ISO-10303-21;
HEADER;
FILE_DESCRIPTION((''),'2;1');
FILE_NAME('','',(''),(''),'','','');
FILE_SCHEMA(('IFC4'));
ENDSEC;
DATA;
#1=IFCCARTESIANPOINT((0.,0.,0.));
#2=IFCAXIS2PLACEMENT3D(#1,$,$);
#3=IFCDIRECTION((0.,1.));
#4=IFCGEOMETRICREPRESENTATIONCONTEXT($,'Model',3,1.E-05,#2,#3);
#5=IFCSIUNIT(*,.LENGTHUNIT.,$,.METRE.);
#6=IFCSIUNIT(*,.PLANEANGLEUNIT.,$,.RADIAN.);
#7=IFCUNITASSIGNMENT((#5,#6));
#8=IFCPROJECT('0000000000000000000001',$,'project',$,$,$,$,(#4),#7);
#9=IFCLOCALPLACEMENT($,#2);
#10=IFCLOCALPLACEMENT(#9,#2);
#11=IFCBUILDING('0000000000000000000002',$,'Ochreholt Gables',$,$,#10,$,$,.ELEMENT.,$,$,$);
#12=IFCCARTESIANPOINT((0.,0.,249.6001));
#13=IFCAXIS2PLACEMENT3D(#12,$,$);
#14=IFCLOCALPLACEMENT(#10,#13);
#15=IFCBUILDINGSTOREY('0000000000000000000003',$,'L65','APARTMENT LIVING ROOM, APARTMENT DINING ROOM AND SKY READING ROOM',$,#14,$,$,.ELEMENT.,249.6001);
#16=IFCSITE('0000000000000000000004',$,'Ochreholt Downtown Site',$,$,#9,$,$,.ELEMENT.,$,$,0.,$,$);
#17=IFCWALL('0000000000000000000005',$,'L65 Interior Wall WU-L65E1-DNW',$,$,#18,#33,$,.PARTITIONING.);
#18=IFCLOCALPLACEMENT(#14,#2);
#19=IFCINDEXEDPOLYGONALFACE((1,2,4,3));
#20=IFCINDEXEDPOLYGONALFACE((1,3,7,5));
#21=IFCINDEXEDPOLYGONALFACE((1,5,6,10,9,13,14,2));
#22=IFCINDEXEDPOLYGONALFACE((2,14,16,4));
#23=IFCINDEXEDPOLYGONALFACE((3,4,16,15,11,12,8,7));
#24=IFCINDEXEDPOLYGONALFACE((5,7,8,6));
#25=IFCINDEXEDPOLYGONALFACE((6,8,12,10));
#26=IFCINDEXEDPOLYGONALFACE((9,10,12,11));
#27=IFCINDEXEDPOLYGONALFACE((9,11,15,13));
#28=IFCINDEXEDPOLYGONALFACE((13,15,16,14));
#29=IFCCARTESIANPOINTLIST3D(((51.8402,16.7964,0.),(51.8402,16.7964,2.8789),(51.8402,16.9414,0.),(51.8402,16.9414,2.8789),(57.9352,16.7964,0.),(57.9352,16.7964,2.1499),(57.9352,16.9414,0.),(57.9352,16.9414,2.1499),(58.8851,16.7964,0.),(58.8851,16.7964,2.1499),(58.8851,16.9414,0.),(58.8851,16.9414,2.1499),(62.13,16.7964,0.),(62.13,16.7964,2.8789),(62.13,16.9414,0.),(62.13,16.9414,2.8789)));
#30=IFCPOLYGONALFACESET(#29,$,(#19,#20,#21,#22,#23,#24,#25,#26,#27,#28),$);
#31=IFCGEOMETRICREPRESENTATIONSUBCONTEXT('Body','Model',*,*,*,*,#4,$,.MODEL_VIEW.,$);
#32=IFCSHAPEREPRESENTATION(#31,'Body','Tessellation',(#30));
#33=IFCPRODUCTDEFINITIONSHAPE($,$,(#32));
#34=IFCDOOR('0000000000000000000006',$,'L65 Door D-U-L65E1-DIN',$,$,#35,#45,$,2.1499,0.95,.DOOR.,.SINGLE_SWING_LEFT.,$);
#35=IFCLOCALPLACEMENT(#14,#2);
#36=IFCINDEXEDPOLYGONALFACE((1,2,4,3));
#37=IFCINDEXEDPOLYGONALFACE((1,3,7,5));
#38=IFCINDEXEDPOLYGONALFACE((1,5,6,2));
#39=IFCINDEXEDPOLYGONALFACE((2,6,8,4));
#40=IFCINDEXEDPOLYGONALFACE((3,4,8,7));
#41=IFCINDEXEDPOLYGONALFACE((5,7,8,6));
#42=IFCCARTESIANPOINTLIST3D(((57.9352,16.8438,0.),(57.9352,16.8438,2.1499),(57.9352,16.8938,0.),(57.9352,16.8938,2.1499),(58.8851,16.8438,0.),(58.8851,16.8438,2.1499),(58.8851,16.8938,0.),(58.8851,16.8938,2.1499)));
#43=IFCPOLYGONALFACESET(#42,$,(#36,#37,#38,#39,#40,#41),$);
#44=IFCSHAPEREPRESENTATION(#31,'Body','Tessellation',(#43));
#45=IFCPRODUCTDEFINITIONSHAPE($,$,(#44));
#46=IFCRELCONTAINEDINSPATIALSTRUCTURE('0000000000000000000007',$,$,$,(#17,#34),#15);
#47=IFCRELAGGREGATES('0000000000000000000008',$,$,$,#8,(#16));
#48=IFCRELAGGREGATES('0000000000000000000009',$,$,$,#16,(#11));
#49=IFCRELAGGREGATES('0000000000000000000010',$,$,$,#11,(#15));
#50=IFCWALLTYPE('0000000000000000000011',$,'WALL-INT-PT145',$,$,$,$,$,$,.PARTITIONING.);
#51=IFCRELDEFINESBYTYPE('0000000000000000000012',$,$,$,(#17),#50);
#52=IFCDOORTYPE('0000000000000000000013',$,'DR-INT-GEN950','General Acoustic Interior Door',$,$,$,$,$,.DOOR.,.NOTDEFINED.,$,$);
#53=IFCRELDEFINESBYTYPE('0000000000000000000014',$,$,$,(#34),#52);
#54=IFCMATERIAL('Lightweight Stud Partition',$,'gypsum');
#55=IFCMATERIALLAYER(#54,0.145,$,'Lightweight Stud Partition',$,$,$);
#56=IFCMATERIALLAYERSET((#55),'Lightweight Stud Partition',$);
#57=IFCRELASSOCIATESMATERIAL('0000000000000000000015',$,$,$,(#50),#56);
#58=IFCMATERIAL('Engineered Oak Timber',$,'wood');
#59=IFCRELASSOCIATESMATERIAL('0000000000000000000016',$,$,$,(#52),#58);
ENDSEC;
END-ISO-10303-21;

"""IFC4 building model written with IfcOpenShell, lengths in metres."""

from ifc_helpers import new_model, si_unit, direction, frame, frame_2d, origin, place, context, subcontext, project, spatial, rectangle, extrude, material, layer, layer_set, type_object, element, fill, save


model = new_model("IFC4")

# Units and contexts
model_context = context("Model", 3, precision=1e-05, world=origin(), true_north=direction((0.0, 1.0)))
body_context = subcontext(model_context, "Body", "Model", "MODEL_VIEW")
ifc_project = project(units=[si_unit("LENGTHUNIT", "METRE"), si_unit("PLANEANGLEUNIT", "RADIAN")], contexts=[model_context])

# Site, building, storey
site_placement = place(None, origin())
site = spatial("IfcSite", under=ifc_project, at=site_placement, Name="Ochreholt Downtown Site", CompositionType="ELEMENT", RefElevation=0.0)
building_placement = place(site_placement, origin())
building = spatial("IfcBuilding", under=site, at=building_placement, Name="Ochreholt Gables", CompositionType="ELEMENT")
storey_placement = place(building_placement, frame((0.0, 0.0, 249.6001)))
storey = spatial("IfcBuildingStorey", under=building, at=storey_placement, Name="L65", Description="APARTMENT LIVING ROOM, APARTMENT DINING ROOM AND SKY READING ROOM", CompositionType="ELEMENT", Elevation=249.6001)

# Shared definitions
ifc_material_1 = material(Name="Engineered Oak Timber", Category="wood")

# Wall, opening, door
ifc_material_2 = material(Name="Lightweight Stud Partition", Category="gypsum")
ifc_layer_1 = layer(ifc_material_2, 0.145, Name="Lightweight Stud Partition")
ifc_layer_set_1 = layer_set([ifc_layer_1], Name="Lightweight Stud Partition")
wall_type_1 = type_object("IfcWallType", Name="WALL-INT-PT145", PredefinedType="PARTITIONING", material=ifc_layer_set_1)
wall_1_placement = place(storey_placement, frame((51.8401, 16.8689, 0.0), z_axis=(0.0, 0.0, 1.0), x_axis=(1.0, 0.0, 0.0)))
wall_1 = element("IfcWall", 1, at=wall_1_placement, inside=storey, type_object=wall_type_1, Name="L65 Interior Wall WU-L65E1-DNW", PredefinedType="PARTITIONING", context=body_context, shape_type="SweptSolid", body=[
    extrude(rectangle(XDim=10.2898, YDim=0.145, at=frame_2d((5.145, 0.0))), origin(), (0.0, 0.0, 1.0), 2.8789),
])
opening_1_placement = place(wall_1_placement, frame((6.095, 0.0, 0.0)))
opening_1 = element("IfcOpeningElement", 2, at=opening_1_placement, cuts=wall_1, PredefinedType="OPENING", context=body_context, shape_type="SweptSolid", body=[
    extrude(rectangle(XDim=0.95, YDim=2.1499, at=frame_2d((0.4751, 1.075))), frame((0.0, 0.0825, 0.0), z_axis=(0.0, -1.0, 0.0), x_axis=(1.0, 0.0, 0.0)), (0.0, 0.0, 1.0), 0.165),
])
door_type_1 = type_object("IfcDoorType", Name="DR-INT-GEN950", Description="General Acoustic Interior Door", OperationType="NOTDEFINED", PredefinedType="DOOR", material=ifc_material_1)
door_1_placement = place(opening_1_placement, origin())
door_1 = element("IfcDoor", 3, at=door_1_placement, inside=storey, type_object=door_type_1, Name="L65 Door D-U-L65E1-DIN", OperationType="SINGLE_SWING_LEFT", OverallHeight=2.1499, OverallWidth=0.95, PredefinedType="DOOR", context=body_context, shape_type="SweptSolid", body=[
    extrude(rectangle(XDim=0.95, YDim=2.1499, at=frame_2d((0.4751, 1.075))), frame((0.0, 0.0249, 0.0), z_axis=(0.0, -1.0, 0.0), x_axis=(1.0, 0.0, 0.0)), (0.0, 0.0, 1.0), 0.05),
])
fill(opening_1, door_1)

save(model, "model.ifc")
